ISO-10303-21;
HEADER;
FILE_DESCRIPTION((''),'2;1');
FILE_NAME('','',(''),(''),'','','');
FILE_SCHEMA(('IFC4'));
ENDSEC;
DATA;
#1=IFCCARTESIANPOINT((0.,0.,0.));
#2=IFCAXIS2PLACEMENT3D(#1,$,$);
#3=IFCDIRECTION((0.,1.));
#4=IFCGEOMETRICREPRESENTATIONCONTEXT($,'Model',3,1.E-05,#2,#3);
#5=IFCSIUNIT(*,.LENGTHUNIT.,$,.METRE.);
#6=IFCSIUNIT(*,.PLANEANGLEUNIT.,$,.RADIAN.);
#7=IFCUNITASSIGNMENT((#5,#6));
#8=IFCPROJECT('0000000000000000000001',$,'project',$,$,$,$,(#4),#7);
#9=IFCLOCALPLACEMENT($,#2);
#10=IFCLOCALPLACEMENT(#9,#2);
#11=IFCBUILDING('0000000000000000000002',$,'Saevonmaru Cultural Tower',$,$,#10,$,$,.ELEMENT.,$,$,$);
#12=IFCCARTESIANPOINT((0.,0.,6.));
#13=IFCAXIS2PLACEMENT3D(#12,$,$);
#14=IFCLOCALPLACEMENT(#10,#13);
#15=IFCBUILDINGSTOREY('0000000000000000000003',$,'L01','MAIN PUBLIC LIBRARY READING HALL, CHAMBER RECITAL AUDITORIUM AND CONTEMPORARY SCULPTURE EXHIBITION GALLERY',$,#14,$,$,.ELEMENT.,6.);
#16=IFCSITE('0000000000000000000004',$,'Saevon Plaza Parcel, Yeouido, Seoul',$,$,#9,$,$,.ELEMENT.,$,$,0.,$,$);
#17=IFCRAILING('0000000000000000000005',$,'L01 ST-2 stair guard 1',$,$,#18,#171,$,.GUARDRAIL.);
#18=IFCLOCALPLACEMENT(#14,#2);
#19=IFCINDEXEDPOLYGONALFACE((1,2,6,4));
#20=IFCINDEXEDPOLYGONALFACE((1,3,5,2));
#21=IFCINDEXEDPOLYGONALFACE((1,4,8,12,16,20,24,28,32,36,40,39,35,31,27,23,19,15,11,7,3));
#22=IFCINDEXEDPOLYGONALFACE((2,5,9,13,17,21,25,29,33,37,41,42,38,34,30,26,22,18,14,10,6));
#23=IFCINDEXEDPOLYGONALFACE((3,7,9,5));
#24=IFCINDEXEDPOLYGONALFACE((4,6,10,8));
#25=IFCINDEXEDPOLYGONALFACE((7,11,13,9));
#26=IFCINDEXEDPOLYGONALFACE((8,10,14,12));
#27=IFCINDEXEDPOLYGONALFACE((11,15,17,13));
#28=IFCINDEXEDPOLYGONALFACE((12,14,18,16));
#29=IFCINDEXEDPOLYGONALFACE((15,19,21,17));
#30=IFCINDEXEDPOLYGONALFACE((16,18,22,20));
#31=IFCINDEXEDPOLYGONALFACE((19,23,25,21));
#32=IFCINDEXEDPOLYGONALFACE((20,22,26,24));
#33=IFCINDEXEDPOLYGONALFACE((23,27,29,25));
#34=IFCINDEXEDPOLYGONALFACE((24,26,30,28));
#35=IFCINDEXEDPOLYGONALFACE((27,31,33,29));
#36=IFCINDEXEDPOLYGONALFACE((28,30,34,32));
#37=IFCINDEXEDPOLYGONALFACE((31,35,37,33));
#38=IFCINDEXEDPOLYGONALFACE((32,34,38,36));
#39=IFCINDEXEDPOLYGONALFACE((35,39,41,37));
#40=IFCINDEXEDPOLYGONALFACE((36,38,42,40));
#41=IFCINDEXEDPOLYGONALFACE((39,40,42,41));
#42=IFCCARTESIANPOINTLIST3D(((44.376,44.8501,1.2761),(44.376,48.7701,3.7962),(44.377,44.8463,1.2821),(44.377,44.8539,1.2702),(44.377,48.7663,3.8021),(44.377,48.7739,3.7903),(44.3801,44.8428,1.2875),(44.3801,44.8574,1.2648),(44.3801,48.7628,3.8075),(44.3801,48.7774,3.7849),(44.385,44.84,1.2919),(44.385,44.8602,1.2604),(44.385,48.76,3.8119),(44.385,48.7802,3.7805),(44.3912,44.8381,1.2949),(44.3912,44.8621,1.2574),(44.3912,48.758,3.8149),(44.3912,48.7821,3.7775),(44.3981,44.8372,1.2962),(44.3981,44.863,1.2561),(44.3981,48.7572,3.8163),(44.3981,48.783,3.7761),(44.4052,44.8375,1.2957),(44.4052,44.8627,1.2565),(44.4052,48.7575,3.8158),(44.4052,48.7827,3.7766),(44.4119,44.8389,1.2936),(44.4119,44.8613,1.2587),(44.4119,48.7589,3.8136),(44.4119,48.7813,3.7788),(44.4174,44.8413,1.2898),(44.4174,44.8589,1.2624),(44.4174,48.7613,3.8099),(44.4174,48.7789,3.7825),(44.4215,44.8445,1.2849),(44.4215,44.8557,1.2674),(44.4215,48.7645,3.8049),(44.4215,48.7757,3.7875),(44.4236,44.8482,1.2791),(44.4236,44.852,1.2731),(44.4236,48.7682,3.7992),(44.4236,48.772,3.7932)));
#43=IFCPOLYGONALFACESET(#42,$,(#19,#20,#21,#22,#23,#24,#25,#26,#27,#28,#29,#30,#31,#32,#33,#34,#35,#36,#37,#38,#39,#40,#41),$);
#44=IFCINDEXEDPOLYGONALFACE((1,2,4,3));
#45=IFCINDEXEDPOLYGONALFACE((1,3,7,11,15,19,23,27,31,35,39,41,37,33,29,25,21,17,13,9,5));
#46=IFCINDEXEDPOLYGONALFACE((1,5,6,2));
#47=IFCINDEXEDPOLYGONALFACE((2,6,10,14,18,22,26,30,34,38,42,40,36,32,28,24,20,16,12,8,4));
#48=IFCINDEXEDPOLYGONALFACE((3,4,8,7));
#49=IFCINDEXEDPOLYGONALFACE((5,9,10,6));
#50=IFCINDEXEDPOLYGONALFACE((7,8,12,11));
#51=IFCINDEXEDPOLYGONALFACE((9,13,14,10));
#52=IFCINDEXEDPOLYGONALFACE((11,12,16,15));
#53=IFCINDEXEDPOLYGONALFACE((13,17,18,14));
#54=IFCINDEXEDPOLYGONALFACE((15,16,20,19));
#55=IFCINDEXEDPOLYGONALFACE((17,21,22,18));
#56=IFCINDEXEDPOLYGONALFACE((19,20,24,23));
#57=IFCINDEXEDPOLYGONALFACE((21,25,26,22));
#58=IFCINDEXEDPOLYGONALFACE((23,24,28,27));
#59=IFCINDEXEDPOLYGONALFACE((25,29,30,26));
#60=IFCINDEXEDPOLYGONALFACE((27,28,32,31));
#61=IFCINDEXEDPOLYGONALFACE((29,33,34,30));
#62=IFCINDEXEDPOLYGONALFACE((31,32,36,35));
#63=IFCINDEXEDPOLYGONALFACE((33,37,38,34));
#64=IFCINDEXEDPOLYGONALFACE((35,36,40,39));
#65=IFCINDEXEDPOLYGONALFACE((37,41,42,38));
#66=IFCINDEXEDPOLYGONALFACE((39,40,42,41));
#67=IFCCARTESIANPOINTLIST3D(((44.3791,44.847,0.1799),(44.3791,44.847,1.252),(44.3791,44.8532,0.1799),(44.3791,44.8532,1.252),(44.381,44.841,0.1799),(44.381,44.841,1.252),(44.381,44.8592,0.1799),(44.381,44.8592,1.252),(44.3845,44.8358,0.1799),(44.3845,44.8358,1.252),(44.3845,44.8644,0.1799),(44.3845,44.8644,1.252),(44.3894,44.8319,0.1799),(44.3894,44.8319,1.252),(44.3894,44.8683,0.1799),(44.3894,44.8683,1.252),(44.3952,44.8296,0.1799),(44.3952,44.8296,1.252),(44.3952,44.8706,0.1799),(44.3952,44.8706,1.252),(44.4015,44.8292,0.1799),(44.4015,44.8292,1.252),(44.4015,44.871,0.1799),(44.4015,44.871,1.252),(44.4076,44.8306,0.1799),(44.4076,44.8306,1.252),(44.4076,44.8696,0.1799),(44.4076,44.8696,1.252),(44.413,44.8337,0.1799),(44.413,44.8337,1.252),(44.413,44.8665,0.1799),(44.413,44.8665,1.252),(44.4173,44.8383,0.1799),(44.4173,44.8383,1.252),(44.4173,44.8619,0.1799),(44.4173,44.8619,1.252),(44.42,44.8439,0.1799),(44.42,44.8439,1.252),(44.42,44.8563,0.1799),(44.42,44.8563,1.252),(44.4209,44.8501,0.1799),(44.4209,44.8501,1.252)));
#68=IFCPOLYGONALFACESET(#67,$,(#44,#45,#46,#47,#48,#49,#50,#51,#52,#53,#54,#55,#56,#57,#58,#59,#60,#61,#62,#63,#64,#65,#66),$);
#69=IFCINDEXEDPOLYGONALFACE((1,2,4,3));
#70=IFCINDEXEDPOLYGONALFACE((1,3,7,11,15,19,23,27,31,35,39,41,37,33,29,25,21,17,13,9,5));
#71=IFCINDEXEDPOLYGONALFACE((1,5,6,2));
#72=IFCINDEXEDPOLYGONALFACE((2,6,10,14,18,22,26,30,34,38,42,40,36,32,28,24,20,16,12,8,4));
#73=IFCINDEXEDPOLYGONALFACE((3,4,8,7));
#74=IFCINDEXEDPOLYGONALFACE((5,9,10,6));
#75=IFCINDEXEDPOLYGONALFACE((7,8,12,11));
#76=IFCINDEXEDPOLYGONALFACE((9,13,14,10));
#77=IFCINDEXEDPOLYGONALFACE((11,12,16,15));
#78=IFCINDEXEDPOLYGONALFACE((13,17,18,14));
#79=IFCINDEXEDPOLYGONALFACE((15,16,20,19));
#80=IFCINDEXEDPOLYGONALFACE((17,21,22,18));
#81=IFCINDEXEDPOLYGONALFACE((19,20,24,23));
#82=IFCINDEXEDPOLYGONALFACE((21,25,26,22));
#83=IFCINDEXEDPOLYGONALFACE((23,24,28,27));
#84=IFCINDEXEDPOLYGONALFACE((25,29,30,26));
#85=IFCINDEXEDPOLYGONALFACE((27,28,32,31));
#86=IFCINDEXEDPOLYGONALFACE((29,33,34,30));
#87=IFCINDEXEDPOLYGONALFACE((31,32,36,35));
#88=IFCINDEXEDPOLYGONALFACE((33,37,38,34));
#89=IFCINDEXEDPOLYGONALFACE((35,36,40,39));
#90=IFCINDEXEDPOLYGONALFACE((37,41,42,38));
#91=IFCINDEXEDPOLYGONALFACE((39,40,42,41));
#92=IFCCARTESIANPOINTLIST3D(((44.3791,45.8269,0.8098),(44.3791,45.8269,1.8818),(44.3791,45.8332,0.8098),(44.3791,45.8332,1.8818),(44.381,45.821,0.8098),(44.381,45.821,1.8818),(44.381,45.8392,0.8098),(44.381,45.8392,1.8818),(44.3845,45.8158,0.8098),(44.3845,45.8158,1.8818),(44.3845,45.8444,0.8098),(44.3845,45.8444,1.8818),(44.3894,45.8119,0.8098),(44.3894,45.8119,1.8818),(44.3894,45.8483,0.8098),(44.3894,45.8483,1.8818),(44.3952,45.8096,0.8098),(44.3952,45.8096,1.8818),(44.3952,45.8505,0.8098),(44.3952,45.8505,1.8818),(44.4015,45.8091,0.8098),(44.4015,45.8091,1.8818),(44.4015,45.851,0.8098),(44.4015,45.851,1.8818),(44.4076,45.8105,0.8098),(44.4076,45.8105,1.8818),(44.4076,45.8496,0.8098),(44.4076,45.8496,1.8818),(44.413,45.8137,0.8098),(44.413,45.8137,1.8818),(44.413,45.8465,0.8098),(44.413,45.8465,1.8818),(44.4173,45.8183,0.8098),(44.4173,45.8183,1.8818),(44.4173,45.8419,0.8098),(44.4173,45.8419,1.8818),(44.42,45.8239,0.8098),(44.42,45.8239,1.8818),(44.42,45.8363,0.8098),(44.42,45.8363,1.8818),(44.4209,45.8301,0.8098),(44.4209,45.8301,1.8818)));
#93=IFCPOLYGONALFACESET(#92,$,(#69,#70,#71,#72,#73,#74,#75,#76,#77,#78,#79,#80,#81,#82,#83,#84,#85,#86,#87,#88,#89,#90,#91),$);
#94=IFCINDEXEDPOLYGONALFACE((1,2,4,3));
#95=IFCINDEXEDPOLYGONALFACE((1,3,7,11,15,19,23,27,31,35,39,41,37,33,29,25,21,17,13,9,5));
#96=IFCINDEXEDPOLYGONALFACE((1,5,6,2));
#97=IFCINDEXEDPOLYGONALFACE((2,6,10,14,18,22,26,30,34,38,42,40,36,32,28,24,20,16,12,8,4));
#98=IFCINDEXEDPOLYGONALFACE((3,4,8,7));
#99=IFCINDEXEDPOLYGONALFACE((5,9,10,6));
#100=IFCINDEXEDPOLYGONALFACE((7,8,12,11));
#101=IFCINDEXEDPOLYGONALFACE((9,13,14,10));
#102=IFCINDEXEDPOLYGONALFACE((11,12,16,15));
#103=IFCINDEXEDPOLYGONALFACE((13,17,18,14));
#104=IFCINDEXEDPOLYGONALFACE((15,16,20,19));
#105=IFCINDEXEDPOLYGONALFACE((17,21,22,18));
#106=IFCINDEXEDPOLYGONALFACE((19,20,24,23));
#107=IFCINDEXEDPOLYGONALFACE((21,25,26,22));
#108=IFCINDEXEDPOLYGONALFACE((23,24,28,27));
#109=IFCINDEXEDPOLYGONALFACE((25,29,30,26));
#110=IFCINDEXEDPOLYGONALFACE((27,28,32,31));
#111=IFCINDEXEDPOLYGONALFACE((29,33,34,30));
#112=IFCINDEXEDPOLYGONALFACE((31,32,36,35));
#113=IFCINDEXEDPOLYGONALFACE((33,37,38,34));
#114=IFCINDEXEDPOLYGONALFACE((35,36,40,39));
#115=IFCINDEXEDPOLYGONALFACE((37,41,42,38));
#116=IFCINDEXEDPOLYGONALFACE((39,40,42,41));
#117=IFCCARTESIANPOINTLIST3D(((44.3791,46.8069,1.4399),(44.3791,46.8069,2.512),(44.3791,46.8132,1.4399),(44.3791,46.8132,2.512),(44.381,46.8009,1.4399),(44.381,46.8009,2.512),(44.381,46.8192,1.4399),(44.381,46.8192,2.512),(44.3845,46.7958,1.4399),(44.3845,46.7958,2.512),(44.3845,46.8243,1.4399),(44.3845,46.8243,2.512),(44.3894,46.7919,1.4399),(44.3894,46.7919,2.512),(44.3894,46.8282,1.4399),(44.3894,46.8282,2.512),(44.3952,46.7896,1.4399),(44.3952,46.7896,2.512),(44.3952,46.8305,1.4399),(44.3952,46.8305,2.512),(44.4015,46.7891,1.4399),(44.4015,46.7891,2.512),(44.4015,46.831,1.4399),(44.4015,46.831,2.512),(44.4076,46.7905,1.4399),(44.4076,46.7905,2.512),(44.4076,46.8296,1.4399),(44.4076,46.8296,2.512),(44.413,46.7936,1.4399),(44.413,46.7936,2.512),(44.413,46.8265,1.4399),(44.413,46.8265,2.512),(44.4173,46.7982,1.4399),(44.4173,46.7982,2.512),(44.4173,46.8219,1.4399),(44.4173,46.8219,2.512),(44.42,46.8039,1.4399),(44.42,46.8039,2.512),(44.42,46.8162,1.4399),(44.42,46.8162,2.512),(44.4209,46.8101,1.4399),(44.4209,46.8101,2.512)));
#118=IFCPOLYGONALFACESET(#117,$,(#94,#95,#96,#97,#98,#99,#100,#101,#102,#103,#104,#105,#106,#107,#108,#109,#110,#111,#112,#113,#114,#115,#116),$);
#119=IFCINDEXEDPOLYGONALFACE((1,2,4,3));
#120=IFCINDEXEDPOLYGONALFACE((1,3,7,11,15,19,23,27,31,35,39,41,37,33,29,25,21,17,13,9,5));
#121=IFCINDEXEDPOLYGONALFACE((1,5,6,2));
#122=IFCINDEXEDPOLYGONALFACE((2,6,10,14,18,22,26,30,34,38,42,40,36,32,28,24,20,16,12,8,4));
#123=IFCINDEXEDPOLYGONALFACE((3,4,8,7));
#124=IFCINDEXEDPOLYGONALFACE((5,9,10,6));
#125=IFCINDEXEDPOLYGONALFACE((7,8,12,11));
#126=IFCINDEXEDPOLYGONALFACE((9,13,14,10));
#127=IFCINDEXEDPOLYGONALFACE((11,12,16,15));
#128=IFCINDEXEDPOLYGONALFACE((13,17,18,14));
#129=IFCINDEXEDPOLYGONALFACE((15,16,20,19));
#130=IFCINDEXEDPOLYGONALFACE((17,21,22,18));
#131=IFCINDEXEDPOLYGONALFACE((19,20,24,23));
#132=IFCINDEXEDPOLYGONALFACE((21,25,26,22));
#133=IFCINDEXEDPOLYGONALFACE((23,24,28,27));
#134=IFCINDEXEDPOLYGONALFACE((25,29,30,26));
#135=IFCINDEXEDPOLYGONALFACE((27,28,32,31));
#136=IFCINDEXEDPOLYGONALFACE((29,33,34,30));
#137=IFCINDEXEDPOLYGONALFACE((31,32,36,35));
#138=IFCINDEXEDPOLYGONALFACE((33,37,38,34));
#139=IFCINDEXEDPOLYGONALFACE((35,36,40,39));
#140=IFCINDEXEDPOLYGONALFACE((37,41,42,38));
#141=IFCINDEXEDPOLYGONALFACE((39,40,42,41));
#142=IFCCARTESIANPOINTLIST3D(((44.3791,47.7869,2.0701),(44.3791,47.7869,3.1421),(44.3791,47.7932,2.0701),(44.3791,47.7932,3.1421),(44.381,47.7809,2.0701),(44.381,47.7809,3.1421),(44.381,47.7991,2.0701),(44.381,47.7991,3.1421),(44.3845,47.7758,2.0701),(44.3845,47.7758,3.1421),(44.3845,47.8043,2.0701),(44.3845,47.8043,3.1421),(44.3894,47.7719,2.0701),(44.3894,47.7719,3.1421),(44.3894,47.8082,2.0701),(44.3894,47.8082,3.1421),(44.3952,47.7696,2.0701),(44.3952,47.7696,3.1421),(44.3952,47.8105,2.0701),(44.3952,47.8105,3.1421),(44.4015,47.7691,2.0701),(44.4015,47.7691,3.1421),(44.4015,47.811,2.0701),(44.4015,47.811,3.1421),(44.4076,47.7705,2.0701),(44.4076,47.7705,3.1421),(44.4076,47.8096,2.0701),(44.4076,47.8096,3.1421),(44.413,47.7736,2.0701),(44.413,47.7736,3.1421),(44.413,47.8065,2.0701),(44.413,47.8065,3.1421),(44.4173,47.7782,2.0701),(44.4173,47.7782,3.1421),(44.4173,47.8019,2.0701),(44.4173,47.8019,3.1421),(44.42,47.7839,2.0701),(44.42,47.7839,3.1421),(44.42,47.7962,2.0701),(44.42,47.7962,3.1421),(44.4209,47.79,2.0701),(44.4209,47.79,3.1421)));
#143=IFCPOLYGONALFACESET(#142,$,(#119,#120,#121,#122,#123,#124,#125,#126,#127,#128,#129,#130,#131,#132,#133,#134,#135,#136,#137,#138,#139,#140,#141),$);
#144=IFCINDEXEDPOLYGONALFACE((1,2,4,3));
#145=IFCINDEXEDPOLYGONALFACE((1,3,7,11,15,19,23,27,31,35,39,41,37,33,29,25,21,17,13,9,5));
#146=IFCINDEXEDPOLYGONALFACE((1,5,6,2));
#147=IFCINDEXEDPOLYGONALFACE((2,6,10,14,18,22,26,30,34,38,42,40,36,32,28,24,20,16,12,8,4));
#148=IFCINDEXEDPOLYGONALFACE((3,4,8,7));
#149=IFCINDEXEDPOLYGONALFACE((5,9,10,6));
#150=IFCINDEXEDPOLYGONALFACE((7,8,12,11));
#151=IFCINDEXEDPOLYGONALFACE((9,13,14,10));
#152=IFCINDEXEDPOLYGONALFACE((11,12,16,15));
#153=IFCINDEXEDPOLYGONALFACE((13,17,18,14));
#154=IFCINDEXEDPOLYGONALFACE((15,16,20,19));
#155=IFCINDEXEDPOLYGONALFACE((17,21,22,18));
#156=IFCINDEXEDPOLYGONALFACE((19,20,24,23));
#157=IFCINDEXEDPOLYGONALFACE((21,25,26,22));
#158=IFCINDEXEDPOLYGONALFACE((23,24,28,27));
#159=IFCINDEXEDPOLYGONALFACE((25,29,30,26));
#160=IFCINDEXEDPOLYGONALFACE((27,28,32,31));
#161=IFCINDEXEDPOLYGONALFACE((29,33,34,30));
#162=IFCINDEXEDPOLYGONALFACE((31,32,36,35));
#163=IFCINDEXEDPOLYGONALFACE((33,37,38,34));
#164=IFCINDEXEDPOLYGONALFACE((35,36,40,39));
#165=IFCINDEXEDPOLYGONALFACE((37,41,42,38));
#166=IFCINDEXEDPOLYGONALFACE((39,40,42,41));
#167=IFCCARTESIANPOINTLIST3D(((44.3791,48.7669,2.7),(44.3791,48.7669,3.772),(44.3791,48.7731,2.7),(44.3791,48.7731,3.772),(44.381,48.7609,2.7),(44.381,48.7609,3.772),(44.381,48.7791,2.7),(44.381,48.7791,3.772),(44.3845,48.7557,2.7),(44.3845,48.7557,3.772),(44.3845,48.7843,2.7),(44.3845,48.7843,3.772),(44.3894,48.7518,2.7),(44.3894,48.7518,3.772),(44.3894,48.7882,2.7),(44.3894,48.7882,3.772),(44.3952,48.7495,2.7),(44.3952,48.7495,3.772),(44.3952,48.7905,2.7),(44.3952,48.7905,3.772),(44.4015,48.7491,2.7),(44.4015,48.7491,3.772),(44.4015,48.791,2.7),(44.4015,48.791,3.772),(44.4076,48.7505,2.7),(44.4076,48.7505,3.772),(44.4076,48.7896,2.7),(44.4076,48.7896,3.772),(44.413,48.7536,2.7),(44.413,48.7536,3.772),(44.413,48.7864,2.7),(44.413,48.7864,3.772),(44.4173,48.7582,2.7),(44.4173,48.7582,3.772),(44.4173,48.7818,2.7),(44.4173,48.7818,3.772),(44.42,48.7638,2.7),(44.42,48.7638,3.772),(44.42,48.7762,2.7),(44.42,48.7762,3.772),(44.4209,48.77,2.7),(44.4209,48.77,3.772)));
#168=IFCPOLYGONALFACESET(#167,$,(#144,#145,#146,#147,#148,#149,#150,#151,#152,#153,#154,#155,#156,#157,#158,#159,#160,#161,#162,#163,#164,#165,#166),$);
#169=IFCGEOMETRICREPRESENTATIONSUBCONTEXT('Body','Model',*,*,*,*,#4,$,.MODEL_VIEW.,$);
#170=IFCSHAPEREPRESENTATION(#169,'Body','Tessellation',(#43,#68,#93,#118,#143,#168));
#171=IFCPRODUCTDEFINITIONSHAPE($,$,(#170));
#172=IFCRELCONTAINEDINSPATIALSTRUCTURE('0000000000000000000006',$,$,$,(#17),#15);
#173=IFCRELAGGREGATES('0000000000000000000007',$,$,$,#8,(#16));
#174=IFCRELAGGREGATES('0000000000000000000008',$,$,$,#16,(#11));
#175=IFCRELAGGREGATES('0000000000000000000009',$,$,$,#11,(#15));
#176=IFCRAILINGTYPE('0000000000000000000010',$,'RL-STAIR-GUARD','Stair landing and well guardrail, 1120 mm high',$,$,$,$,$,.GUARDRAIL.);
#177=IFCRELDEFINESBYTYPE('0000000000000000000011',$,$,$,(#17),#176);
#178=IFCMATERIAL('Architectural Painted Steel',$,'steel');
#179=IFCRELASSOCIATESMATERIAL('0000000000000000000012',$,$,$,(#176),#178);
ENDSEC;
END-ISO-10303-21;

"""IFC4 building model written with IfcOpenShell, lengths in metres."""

from ifc_helpers import new_model, si_unit, direction, frame, origin, origin_2d, place, context, subcontext, project, spatial, circle, extrude, material, type_object, element, save


model = new_model("IFC4")

# Units and contexts
model_context = context("Model", 3, precision=1e-05, world=origin(), true_north=direction((0.0, 1.0)))
body_context = subcontext(model_context, "Body", "Model", "MODEL_VIEW")
ifc_project = project(units=[si_unit("LENGTHUNIT", "METRE"), si_unit("PLANEANGLEUNIT", "RADIAN")], contexts=[model_context])

# Site, building, storey
site_placement = place(None, origin())
site = spatial("IfcSite", under=ifc_project, at=site_placement, Name="Saevon Plaza Parcel, Yeouido, Seoul", CompositionType="ELEMENT", RefElevation=0.0)
building_placement = place(site_placement, origin())
building = spatial("IfcBuilding", under=site, at=building_placement, Name="Saevonmaru Cultural Tower", CompositionType="ELEMENT")
storey_placement = place(building_placement, frame((0.0, 0.0, 6.0)))
storey = spatial("IfcBuildingStorey", under=building, at=storey_placement, Name="L01", Description="MAIN PUBLIC LIBRARY READING HALL, CHAMBER RECITAL AUDITORIUM AND CONTEMPORARY SCULPTURE EXHIBITION GALLERY", CompositionType="ELEMENT", Elevation=6.0)

# Railing
ifc_material_1 = material(Name="Architectural Painted Steel", Category="steel")
railing_type_1 = type_object("IfcRailingType", Name="RL-STAIR-GUARD", Description="Stair landing and well guardrail, 1120 mm high", PredefinedType="GUARDRAIL", material=ifc_material_1)
railing_1_placement = place(storey_placement, frame((44.3999, 44.8501, 0.1799)))
element("IfcRailing", 1, at=railing_1_placement, inside=storey, type_object=railing_type_1, Name="L01 ST-2 stair guard 1", PredefinedType="GUARDRAIL", context=body_context, shape_type="SweptSolid", body=[
    extrude(circle(Radius=0.0239, at=origin_2d()), frame((0.0, 0.0, 1.0962), z_axis=(0.0, 0.841172, 0.540768), x_axis=(-1.0, 0.0, 0.0)), (0.0, 0.0, 1.0), 4.6602),
    extrude(circle(Radius=0.021, at=origin_2d()), origin(), (0.0, 0.0, 1.0), 1.072),
    extrude(circle(Radius=0.021, at=origin_2d()), frame((0.0, 0.98, 0.6299)), (0.0, 0.0, 1.0), 1.072),
    extrude(circle(Radius=0.021, at=origin_2d()), frame((0.0, 1.96, 1.26)), (0.0, 0.0, 1.0), 1.072),
    extrude(circle(Radius=0.021, at=origin_2d()), frame((0.0, 2.9399, 1.8901)), (0.0, 0.0, 1.0), 1.072),
    extrude(circle(Radius=0.021, at=origin_2d()), frame((0.0, 3.9199, 2.52)), (0.0, 0.0, 1.0), 1.072),
])

save(model, "model.ifc")
